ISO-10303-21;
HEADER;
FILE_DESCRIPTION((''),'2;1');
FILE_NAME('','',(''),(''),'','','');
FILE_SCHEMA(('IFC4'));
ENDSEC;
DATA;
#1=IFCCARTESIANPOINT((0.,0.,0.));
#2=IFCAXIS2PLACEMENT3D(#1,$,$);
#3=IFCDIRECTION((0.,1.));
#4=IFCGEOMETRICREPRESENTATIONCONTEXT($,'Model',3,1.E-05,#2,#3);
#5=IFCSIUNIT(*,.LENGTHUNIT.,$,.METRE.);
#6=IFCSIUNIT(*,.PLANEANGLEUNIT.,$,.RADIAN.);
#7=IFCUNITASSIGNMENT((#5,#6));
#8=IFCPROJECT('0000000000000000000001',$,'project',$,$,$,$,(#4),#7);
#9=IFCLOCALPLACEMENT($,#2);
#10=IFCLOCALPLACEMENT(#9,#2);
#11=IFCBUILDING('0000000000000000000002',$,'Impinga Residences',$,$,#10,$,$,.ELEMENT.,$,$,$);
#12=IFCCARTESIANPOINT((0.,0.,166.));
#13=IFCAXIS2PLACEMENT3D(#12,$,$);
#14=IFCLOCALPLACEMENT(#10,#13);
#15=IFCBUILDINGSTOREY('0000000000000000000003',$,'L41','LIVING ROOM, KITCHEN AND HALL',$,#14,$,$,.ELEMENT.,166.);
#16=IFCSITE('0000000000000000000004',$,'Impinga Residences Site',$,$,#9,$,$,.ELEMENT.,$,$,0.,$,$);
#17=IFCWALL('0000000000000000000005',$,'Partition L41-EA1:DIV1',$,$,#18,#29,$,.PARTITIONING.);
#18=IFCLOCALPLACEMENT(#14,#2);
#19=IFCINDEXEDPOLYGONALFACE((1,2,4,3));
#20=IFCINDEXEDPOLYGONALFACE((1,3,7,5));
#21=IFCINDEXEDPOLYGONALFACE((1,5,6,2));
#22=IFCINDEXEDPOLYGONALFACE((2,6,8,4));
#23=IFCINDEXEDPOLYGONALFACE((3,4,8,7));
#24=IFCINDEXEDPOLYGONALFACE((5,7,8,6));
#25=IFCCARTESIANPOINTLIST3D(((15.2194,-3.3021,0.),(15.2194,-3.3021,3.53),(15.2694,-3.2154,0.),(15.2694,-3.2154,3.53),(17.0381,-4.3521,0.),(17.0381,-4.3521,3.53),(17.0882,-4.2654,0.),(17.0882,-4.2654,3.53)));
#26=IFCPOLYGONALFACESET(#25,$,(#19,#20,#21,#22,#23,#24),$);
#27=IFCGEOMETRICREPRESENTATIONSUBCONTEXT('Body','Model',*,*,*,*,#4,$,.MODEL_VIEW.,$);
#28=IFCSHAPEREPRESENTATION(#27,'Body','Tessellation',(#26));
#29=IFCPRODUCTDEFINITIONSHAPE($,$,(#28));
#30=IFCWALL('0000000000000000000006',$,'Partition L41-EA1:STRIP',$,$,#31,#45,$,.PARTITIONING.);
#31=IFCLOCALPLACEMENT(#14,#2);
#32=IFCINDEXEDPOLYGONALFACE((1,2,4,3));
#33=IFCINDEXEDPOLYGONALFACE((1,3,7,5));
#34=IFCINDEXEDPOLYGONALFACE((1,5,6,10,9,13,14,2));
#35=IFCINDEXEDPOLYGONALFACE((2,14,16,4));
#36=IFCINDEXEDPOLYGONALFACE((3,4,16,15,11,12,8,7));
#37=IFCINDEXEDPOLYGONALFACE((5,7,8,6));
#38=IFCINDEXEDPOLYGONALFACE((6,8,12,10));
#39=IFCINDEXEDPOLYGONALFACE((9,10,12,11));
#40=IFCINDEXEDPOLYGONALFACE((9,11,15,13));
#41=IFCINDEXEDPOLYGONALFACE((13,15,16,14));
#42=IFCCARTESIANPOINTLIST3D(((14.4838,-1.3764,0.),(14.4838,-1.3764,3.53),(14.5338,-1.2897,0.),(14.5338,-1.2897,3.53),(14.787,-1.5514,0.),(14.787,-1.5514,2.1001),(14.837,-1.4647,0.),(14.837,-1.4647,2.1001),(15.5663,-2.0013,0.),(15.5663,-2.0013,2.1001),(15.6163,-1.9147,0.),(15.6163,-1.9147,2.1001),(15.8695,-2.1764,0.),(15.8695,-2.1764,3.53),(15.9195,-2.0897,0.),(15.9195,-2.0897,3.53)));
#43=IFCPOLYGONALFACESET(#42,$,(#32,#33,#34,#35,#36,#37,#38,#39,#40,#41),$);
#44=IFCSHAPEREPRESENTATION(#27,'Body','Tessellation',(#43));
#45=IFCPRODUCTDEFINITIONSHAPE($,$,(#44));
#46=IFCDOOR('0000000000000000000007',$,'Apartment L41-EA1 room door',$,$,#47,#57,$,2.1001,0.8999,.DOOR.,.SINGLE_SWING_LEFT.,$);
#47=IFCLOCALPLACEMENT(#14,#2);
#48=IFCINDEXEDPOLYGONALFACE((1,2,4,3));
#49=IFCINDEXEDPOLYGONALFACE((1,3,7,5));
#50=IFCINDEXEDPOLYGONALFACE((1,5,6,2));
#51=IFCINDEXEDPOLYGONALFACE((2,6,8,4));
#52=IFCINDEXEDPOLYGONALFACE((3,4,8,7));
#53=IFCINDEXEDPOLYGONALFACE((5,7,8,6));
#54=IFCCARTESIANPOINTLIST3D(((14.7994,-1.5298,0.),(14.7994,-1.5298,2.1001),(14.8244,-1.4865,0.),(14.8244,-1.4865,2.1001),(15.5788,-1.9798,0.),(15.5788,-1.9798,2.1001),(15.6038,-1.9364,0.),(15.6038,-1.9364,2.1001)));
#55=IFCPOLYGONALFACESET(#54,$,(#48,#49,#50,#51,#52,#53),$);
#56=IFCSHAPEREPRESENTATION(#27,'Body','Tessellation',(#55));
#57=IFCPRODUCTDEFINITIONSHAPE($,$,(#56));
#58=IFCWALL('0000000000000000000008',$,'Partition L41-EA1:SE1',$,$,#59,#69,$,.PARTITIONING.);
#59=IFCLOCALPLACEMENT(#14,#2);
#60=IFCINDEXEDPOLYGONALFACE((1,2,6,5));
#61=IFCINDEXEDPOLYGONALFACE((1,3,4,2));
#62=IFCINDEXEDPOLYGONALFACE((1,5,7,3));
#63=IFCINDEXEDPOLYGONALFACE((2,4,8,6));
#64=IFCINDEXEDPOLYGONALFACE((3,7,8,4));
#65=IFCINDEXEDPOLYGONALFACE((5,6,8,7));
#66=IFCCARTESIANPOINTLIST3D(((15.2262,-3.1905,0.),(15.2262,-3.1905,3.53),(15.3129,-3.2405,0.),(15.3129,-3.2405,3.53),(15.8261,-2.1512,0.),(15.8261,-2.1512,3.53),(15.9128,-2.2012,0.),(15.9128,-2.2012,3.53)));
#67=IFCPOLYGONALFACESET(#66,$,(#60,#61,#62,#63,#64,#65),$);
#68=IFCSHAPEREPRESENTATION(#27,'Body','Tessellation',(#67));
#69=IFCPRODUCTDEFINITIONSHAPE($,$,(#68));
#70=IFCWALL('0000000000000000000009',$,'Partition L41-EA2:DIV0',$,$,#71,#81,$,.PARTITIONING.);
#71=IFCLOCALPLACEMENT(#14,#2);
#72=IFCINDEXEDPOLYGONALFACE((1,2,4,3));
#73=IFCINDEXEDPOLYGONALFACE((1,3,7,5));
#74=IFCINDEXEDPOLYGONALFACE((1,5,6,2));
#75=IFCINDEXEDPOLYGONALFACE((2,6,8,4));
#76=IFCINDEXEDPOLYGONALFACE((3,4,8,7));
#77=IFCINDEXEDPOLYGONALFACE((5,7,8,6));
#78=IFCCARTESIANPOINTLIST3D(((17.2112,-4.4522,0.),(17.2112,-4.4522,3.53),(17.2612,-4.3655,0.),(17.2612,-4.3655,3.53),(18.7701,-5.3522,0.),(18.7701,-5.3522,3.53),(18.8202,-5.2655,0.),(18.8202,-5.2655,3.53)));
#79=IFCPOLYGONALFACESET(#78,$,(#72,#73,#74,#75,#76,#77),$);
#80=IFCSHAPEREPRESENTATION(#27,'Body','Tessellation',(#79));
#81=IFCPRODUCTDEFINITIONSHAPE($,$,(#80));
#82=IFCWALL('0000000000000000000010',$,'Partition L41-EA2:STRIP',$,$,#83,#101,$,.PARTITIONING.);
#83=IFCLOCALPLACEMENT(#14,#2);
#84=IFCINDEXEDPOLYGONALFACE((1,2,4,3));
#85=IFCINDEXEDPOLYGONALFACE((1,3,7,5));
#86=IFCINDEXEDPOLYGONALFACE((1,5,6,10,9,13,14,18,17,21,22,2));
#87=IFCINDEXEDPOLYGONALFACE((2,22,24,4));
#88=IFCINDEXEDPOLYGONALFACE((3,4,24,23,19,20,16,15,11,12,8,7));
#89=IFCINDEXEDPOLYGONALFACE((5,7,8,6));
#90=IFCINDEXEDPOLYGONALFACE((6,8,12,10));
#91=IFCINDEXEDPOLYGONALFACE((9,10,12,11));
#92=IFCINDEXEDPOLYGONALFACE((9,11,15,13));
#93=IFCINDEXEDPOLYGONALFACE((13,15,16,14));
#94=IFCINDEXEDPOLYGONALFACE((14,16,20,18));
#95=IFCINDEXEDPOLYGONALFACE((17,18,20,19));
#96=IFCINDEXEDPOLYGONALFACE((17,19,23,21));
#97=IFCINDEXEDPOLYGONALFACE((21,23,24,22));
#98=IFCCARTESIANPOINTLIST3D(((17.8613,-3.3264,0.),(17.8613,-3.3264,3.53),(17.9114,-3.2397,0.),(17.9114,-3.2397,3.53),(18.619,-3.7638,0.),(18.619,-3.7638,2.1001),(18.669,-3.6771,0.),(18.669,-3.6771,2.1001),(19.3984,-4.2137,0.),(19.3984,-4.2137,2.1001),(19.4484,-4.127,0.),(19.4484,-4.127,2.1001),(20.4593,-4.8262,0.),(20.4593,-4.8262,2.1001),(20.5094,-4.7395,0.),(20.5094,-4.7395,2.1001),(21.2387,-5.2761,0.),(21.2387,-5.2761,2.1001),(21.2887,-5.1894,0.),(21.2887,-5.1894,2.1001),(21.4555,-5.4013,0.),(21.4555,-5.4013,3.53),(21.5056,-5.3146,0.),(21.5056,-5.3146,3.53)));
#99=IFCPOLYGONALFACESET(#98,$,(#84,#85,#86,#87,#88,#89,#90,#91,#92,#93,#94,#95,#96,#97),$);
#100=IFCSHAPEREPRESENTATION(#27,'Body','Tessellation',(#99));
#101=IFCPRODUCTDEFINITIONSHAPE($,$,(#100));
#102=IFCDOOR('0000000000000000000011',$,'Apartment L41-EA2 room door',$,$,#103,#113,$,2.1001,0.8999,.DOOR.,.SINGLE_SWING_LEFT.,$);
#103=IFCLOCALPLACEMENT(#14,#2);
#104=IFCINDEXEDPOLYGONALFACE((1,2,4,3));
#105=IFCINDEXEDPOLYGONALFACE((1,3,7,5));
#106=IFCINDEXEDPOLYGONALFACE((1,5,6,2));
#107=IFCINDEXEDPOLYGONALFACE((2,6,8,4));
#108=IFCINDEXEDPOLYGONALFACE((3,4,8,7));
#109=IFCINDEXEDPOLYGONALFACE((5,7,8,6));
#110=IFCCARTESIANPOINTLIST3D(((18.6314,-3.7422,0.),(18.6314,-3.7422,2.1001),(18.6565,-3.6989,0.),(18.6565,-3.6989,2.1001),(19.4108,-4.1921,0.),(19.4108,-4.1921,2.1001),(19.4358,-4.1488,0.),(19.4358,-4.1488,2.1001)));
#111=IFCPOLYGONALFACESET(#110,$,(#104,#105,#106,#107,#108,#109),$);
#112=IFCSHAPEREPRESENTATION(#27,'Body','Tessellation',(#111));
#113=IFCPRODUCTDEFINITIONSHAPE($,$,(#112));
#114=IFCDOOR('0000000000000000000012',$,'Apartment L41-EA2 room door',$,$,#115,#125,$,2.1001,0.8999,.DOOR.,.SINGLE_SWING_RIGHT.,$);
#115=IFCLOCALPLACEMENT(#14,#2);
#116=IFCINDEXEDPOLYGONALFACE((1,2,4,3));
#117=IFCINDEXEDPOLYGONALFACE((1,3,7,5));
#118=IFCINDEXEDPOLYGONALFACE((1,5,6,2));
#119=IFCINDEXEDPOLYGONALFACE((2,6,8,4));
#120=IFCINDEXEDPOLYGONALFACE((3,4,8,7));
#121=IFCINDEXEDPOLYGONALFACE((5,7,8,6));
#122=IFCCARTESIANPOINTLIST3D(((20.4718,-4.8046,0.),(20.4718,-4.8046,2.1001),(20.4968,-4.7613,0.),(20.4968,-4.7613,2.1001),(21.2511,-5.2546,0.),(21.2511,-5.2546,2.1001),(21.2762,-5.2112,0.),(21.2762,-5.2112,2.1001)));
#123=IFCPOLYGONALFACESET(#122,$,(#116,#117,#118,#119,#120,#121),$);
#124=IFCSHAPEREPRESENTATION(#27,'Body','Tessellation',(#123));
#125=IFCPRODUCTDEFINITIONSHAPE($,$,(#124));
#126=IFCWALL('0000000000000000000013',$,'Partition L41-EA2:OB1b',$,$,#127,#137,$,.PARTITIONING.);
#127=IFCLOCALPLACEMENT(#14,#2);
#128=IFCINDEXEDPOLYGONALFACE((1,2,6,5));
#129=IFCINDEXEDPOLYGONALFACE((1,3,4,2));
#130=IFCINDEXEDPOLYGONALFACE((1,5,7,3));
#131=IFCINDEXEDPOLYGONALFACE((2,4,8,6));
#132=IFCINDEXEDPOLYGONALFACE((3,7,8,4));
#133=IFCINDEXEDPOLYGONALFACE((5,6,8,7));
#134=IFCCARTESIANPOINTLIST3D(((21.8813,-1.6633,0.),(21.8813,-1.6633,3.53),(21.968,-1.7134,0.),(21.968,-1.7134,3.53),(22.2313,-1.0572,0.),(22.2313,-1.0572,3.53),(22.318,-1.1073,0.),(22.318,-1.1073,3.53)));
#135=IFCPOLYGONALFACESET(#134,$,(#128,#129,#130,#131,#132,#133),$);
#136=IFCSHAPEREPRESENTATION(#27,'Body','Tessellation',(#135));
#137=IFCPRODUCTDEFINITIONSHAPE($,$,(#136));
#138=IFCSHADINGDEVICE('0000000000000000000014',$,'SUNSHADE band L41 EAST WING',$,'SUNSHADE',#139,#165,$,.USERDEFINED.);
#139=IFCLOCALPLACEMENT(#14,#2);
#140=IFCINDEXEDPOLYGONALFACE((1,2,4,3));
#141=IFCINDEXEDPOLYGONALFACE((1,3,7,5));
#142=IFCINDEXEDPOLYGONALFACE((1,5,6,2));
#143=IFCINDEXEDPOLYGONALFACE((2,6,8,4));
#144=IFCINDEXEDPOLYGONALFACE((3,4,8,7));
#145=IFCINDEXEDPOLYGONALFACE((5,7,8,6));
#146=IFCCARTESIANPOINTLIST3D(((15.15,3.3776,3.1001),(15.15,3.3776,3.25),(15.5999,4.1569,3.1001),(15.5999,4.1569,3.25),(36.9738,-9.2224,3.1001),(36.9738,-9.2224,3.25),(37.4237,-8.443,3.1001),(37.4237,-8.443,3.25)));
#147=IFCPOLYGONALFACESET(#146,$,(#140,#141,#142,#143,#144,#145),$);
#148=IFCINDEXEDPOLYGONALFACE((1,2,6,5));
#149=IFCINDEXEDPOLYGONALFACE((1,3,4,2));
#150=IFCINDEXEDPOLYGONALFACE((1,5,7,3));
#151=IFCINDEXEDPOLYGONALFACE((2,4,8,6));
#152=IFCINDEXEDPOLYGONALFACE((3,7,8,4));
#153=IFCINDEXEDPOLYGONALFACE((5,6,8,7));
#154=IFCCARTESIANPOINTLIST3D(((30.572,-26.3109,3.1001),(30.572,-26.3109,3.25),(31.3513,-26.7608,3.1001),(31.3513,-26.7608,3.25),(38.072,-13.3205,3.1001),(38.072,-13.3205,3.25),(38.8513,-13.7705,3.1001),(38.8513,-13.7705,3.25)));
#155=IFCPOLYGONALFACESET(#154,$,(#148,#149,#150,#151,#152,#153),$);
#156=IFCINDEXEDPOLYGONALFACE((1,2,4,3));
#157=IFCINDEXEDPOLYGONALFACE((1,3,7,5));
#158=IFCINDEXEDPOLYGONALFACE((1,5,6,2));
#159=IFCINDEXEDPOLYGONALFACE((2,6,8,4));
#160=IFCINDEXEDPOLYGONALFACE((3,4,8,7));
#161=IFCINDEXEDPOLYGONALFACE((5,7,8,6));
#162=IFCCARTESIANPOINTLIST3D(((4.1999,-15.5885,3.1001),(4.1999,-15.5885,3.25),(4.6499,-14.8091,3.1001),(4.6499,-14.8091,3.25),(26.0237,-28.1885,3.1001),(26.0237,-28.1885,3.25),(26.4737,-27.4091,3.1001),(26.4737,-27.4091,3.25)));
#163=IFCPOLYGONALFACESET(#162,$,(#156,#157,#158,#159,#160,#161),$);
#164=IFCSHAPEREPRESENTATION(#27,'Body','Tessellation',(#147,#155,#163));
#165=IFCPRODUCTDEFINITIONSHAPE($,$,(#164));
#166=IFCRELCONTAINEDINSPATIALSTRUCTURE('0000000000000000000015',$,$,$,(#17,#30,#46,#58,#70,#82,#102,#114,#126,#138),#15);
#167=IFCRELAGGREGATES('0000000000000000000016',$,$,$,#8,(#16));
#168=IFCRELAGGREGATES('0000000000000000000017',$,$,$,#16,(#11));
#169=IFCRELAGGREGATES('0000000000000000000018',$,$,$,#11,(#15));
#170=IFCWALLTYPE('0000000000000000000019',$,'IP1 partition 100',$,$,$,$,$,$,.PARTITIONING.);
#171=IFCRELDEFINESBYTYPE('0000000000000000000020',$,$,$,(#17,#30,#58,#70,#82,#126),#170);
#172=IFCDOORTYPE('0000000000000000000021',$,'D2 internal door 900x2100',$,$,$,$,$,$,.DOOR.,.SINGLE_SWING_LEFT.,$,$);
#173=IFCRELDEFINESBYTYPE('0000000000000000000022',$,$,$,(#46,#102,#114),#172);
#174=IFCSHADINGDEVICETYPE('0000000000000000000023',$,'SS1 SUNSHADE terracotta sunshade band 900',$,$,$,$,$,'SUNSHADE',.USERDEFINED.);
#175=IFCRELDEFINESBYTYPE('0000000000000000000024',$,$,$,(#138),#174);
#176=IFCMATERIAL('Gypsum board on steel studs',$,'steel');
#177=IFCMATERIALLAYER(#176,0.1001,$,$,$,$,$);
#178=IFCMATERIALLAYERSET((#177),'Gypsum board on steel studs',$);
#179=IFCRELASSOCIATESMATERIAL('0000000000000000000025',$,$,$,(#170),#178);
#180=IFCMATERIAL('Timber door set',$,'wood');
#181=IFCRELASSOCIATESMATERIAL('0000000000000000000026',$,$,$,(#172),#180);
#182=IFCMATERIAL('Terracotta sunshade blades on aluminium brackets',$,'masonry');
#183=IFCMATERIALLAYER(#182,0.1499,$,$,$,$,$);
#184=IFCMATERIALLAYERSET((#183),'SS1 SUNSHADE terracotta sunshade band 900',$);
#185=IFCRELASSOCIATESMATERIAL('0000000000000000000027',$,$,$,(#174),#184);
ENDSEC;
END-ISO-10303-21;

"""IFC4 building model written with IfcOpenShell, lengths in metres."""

from ifc_helpers import new_model, si_unit, direction, frame, frame_2d, origin, origin_2d, place, context, subcontext, project, spatial, rectangle, extrude, material, layer, layer_set, type_object, element, fill, save


model = new_model("IFC4")

# Units and contexts
model_context = context("Model", 3, precision=1e-05, world=origin(), true_north=direction((0.0, 1.0)))
body_context = subcontext(model_context, "Body", "Model", "MODEL_VIEW")
ifc_project = project(units=[si_unit("LENGTHUNIT", "METRE"), si_unit("PLANEANGLEUNIT", "RADIAN")], contexts=[model_context])

# Site, building, storey
site_placement = place(None, origin())
site = spatial("IfcSite", under=ifc_project, at=site_placement, Name="Impinga Residences Site", CompositionType="ELEMENT", RefElevation=0.0)
building_placement = place(site_placement, origin())
building = spatial("IfcBuilding", under=site, at=building_placement, Name="Impinga Residences", CompositionType="ELEMENT")
storey_placement = place(building_placement, frame((0.0, 0.0, 166.0)))
storey = spatial("IfcBuildingStorey", under=building, at=storey_placement, Name="L41", Description="LIVING ROOM, KITCHEN AND HALL", CompositionType="ELEMENT", Elevation=166.0)

# Wall
ifc_material_1 = material(Name="Gypsum board on steel studs", Category="steel")
ifc_layer_1 = layer(ifc_material_1, 0.1001)
ifc_layer_set_1 = layer_set([ifc_layer_1], Name="Gypsum board on steel studs")
wall_type_1 = type_object("IfcWallType", Name="IP1 partition 100", PredefinedType="PARTITIONING", material=ifc_layer_set_1)
wall_1_placement = place(storey_placement, frame((15.2444, -3.2588, 0.0), z_axis=(0.0, 0.0, 1.0), x_axis=(0.866038, -0.499977, 0.0)))
element("IfcWall", 1, at=wall_1_placement, inside=storey, type_object=wall_type_1, Name="Partition L41-EA1:DIV1", PredefinedType="PARTITIONING", context=body_context, shape_type="SweptSolid", body=[
    extrude(rectangle(XDim=2.1001, YDim=0.1001, at=frame_2d((1.05, 0.0))), origin(), (0.0, 0.0, 1.0), 3.53),
])

# Wall, opening, door
wall_2_placement = place(storey_placement, frame((14.5088, -1.333, 0.0), z_axis=(0.0, 0.0, 1.0), x_axis=(0.866028, -0.499995, 0.0)))
wall_2 = element("IfcWall", 2, at=wall_2_placement, inside=storey, type_object=wall_type_1, Name="Partition L41-EA1:STRIP", PredefinedType="PARTITIONING", context=body_context, shape_type="SweptSolid", body=[
    extrude(rectangle(XDim=1.6001, YDim=0.1001, at=frame_2d((0.8, 0.0))), origin(), (0.0, 0.0, 1.0), 3.53),
])
opening_1_placement = place(wall_2_placement, frame((0.3501, 0.0, 0.0)))
opening_1 = element("IfcOpeningElement", 3, at=opening_1_placement, cuts=wall_2, PredefinedType="OPENING", context=body_context, shape_type="SweptSolid", body=[
    extrude(rectangle(XDim=0.8999, YDim=2.1001, at=frame_2d((0.45, 1.05))), frame((0.0, 0.0601, 0.0), z_axis=(0.0, -1.0, 0.0), x_axis=(1.0, 0.0, 0.0)), (0.0, 0.0, 1.0), 0.1201),
])
ifc_material_2 = material(Name="Timber door set", Category="wood")
door_type = type_object("IfcDoorType", Name="D2 internal door 900x2100", OperationType="SINGLE_SWING_LEFT", PredefinedType="DOOR", material=ifc_material_2)
door_1_placement = place(opening_1_placement, origin())
door_1 = element("IfcDoor", 4, at=door_1_placement, inside=storey, type_object=door_type, Name="Apartment L41-EA1 room door", OperationType="SINGLE_SWING_LEFT", OverallHeight=2.1001, OverallWidth=0.8999, PredefinedType="DOOR", context=body_context, shape_type="SweptSolid", body=[
    extrude(rectangle(XDim=0.8999, YDim=2.1001, at=frame_2d((0.45, 1.05))), frame((0.0, 0.0249, 0.0), z_axis=(0.0, -1.0, 0.0), x_axis=(1.0, 0.0, 0.0)), (0.0, 0.0, 1.0), 0.05),
])
fill(opening_1, door_1)

# Walls
wall_3_placement = place(storey_placement, frame((15.2695, -3.2156, 0.0), z_axis=(0.0, 0.0, 1.0), x_axis=(0.499881, 0.866094, 0.0)))
element("IfcWall", 5, at=wall_3_placement, inside=storey, type_object=wall_type_1, Name="Partition L41-EA1:SE1", PredefinedType="PARTITIONING", context=body_context, shape_type="SweptSolid", body=[
    extrude(rectangle(XDim=1.2, YDim=0.1001, at=frame_2d((0.6001, 0.0))), origin(), (0.0, 0.0, 1.0), 3.53),
])
wall_4_placement = place(storey_placement, frame((17.2363, -4.4089, 0.0), z_axis=(0.0, 0.0, 1.0), x_axis=(0.866048, -0.499961, 0.0)))
element("IfcWall", 6, at=wall_4_placement, inside=storey, type_object=wall_type_1, Name="Partition L41-EA2:DIV0", PredefinedType="PARTITIONING", context=body_context, shape_type="SweptSolid", body=[
    extrude(rectangle(XDim=1.8, YDim=0.1001, at=frame_2d((0.8999, 0.0))), origin(), (0.0, 0.0, 1.0), 3.53),
])

# Wall, openings, doors
wall_5_placement = place(storey_placement, frame((17.8862, -3.283, 0.0), z_axis=(0.0, 0.0, 1.0), x_axis=(0.866045, -0.499967, 0.0)))
wall_5 = element("IfcWall", 7, at=wall_5_placement, inside=storey, type_object=wall_type_1, Name="Partition L41-EA2:STRIP", PredefinedType="PARTITIONING", context=body_context, shape_type="SweptSolid", body=[
    extrude(rectangle(XDim=4.1501, YDim=0.1001, at=frame_2d((2.0752, 0.0))), origin(), (0.0, 0.0, 1.0), 3.53),
])
opening_2_placement = place(wall_5_placement, frame((0.875, 0.0, 0.0)))
opening_2 = element("IfcOpeningElement", 8, at=opening_2_placement, cuts=wall_5, PredefinedType="OPENING", context=body_context, shape_type="SweptSolid", body=[
    extrude(rectangle(XDim=0.8999, YDim=2.1001, at=frame_2d((0.45, 1.05))), frame((0.0, 0.0601, 0.0), z_axis=(0.0, -1.0, 0.0), x_axis=(1.0, 0.0, 0.0)), (0.0, 0.0, 1.0), 0.1201),
])
opening_3_placement = place(wall_5_placement, frame((3.0, 0.0, 0.0)))
opening_3 = element("IfcOpeningElement", 9, at=opening_3_placement, cuts=wall_5, PredefinedType="OPENING", context=body_context, shape_type="SweptSolid", body=[
    extrude(rectangle(XDim=0.8999, YDim=2.1001, at=frame_2d((0.45, 1.05))), frame((0.0, 0.0601, 0.0), z_axis=(0.0, -1.0, 0.0), x_axis=(1.0, 0.0, 0.0)), (0.0, 0.0, 1.0), 0.1201),
])
door_2_placement = place(opening_2_placement, origin())
door_2 = element("IfcDoor", 10, at=door_2_placement, inside=storey, type_object=door_type, Name="Apartment L41-EA2 room door", OperationType="SINGLE_SWING_LEFT", OverallHeight=2.1001, OverallWidth=0.8999, PredefinedType="DOOR", context=body_context, shape_type="SweptSolid", body=[
    extrude(rectangle(XDim=0.8999, YDim=2.1001, at=frame_2d((0.45, 1.05))), frame((0.0, 0.0249, 0.0), z_axis=(0.0, -1.0, 0.0), x_axis=(1.0, 0.0, 0.0)), (0.0, 0.0, 1.0), 0.05),
])
fill(opening_2, door_2)
door_3_placement = place(opening_3_placement, origin())
door_3 = element("IfcDoor", 11, at=door_3_placement, inside=storey, type_object=door_type, Name="Apartment L41-EA2 room door", OperationType="SINGLE_SWING_RIGHT", OverallHeight=2.1001, OverallWidth=0.8999, PredefinedType="DOOR", context=body_context, shape_type="SweptSolid", body=[
    extrude(rectangle(XDim=0.8999, YDim=2.1001, at=frame_2d((0.45, 1.05))), frame((0.0, 0.0249, 0.0), z_axis=(0.0, -1.0, 0.0), x_axis=(1.0, 0.0, 0.0)), (0.0, 0.0, 1.0), 0.05),
])
fill(opening_3, door_3)

# Wall
wall_6_placement = place(storey_placement, frame((21.9246, -1.6885, 0.0), z_axis=(0.0, 0.0, 1.0), x_axis=(0.500115, 0.865959, 0.0)))
element("IfcWall", 12, at=wall_6_placement, inside=storey, type_object=wall_type_1, Name="Partition L41-EA2:OB1b", PredefinedType="PARTITIONING", context=body_context, shape_type="SweptSolid", body=[
    extrude(rectangle(XDim=0.7, YDim=0.1001, at=frame_2d((0.3501, 0.0))), origin(), (0.0, 0.0, 1.0), 3.53),
])

# Shading device
ifc_material_3 = material(Name="Terracotta sunshade blades on aluminium brackets", Category="masonry")
ifc_layer_2 = layer(ifc_material_3, 0.1499)
ifc_layer_set_2 = layer_set([ifc_layer_2], Name="SS1 SUNSHADE terracotta sunshade band 900")
shading_device_type = type_object("IfcShadingDeviceType", Name="SS1 SUNSHADE terracotta sunshade band 900", ElementType="SUNSHADE", PredefinedType="USERDEFINED", material=ifc_layer_set_2)
shading_device_placement = place(storey_placement, frame((26.2869, -2.5327, 3.1001), z_axis=(0.0, 0.0, 1.0), x_axis=(0.866025, -0.5, 0.0)))
element("IfcShadingDevice", 13, at=shading_device_placement, inside=storey, type_object=shading_device_type, Name="SUNSHADE band L41 EAST WING", ObjectType="SUNSHADE", PredefinedType="USERDEFINED", context=body_context, shape_type="SweptSolid", body=[
    extrude(rectangle(XDim=25.2, YDim=0.8999, at=origin_2d()), origin(), (0.0, 0.0, 1.0), 0.1499),
    extrude(rectangle(XDim=15.0, YDim=0.8999, at=origin_2d()), frame((16.05, -10.95, 0.0), z_axis=(0.0, 0.0, 1.0), x_axis=(0.0, -1.0, 0.0)), (0.0, 0.0, 1.0), 0.1499),
    extrude(rectangle(XDim=25.2, YDim=0.8999, at=origin_2d()), frame((0.0, -21.9001, 0.0), z_axis=(0.0, 0.0, 1.0), x_axis=(-1.0, 0.0, 0.0)), (0.0, 0.0, 1.0), 0.1499),
])

save(model, "model.ifc")
